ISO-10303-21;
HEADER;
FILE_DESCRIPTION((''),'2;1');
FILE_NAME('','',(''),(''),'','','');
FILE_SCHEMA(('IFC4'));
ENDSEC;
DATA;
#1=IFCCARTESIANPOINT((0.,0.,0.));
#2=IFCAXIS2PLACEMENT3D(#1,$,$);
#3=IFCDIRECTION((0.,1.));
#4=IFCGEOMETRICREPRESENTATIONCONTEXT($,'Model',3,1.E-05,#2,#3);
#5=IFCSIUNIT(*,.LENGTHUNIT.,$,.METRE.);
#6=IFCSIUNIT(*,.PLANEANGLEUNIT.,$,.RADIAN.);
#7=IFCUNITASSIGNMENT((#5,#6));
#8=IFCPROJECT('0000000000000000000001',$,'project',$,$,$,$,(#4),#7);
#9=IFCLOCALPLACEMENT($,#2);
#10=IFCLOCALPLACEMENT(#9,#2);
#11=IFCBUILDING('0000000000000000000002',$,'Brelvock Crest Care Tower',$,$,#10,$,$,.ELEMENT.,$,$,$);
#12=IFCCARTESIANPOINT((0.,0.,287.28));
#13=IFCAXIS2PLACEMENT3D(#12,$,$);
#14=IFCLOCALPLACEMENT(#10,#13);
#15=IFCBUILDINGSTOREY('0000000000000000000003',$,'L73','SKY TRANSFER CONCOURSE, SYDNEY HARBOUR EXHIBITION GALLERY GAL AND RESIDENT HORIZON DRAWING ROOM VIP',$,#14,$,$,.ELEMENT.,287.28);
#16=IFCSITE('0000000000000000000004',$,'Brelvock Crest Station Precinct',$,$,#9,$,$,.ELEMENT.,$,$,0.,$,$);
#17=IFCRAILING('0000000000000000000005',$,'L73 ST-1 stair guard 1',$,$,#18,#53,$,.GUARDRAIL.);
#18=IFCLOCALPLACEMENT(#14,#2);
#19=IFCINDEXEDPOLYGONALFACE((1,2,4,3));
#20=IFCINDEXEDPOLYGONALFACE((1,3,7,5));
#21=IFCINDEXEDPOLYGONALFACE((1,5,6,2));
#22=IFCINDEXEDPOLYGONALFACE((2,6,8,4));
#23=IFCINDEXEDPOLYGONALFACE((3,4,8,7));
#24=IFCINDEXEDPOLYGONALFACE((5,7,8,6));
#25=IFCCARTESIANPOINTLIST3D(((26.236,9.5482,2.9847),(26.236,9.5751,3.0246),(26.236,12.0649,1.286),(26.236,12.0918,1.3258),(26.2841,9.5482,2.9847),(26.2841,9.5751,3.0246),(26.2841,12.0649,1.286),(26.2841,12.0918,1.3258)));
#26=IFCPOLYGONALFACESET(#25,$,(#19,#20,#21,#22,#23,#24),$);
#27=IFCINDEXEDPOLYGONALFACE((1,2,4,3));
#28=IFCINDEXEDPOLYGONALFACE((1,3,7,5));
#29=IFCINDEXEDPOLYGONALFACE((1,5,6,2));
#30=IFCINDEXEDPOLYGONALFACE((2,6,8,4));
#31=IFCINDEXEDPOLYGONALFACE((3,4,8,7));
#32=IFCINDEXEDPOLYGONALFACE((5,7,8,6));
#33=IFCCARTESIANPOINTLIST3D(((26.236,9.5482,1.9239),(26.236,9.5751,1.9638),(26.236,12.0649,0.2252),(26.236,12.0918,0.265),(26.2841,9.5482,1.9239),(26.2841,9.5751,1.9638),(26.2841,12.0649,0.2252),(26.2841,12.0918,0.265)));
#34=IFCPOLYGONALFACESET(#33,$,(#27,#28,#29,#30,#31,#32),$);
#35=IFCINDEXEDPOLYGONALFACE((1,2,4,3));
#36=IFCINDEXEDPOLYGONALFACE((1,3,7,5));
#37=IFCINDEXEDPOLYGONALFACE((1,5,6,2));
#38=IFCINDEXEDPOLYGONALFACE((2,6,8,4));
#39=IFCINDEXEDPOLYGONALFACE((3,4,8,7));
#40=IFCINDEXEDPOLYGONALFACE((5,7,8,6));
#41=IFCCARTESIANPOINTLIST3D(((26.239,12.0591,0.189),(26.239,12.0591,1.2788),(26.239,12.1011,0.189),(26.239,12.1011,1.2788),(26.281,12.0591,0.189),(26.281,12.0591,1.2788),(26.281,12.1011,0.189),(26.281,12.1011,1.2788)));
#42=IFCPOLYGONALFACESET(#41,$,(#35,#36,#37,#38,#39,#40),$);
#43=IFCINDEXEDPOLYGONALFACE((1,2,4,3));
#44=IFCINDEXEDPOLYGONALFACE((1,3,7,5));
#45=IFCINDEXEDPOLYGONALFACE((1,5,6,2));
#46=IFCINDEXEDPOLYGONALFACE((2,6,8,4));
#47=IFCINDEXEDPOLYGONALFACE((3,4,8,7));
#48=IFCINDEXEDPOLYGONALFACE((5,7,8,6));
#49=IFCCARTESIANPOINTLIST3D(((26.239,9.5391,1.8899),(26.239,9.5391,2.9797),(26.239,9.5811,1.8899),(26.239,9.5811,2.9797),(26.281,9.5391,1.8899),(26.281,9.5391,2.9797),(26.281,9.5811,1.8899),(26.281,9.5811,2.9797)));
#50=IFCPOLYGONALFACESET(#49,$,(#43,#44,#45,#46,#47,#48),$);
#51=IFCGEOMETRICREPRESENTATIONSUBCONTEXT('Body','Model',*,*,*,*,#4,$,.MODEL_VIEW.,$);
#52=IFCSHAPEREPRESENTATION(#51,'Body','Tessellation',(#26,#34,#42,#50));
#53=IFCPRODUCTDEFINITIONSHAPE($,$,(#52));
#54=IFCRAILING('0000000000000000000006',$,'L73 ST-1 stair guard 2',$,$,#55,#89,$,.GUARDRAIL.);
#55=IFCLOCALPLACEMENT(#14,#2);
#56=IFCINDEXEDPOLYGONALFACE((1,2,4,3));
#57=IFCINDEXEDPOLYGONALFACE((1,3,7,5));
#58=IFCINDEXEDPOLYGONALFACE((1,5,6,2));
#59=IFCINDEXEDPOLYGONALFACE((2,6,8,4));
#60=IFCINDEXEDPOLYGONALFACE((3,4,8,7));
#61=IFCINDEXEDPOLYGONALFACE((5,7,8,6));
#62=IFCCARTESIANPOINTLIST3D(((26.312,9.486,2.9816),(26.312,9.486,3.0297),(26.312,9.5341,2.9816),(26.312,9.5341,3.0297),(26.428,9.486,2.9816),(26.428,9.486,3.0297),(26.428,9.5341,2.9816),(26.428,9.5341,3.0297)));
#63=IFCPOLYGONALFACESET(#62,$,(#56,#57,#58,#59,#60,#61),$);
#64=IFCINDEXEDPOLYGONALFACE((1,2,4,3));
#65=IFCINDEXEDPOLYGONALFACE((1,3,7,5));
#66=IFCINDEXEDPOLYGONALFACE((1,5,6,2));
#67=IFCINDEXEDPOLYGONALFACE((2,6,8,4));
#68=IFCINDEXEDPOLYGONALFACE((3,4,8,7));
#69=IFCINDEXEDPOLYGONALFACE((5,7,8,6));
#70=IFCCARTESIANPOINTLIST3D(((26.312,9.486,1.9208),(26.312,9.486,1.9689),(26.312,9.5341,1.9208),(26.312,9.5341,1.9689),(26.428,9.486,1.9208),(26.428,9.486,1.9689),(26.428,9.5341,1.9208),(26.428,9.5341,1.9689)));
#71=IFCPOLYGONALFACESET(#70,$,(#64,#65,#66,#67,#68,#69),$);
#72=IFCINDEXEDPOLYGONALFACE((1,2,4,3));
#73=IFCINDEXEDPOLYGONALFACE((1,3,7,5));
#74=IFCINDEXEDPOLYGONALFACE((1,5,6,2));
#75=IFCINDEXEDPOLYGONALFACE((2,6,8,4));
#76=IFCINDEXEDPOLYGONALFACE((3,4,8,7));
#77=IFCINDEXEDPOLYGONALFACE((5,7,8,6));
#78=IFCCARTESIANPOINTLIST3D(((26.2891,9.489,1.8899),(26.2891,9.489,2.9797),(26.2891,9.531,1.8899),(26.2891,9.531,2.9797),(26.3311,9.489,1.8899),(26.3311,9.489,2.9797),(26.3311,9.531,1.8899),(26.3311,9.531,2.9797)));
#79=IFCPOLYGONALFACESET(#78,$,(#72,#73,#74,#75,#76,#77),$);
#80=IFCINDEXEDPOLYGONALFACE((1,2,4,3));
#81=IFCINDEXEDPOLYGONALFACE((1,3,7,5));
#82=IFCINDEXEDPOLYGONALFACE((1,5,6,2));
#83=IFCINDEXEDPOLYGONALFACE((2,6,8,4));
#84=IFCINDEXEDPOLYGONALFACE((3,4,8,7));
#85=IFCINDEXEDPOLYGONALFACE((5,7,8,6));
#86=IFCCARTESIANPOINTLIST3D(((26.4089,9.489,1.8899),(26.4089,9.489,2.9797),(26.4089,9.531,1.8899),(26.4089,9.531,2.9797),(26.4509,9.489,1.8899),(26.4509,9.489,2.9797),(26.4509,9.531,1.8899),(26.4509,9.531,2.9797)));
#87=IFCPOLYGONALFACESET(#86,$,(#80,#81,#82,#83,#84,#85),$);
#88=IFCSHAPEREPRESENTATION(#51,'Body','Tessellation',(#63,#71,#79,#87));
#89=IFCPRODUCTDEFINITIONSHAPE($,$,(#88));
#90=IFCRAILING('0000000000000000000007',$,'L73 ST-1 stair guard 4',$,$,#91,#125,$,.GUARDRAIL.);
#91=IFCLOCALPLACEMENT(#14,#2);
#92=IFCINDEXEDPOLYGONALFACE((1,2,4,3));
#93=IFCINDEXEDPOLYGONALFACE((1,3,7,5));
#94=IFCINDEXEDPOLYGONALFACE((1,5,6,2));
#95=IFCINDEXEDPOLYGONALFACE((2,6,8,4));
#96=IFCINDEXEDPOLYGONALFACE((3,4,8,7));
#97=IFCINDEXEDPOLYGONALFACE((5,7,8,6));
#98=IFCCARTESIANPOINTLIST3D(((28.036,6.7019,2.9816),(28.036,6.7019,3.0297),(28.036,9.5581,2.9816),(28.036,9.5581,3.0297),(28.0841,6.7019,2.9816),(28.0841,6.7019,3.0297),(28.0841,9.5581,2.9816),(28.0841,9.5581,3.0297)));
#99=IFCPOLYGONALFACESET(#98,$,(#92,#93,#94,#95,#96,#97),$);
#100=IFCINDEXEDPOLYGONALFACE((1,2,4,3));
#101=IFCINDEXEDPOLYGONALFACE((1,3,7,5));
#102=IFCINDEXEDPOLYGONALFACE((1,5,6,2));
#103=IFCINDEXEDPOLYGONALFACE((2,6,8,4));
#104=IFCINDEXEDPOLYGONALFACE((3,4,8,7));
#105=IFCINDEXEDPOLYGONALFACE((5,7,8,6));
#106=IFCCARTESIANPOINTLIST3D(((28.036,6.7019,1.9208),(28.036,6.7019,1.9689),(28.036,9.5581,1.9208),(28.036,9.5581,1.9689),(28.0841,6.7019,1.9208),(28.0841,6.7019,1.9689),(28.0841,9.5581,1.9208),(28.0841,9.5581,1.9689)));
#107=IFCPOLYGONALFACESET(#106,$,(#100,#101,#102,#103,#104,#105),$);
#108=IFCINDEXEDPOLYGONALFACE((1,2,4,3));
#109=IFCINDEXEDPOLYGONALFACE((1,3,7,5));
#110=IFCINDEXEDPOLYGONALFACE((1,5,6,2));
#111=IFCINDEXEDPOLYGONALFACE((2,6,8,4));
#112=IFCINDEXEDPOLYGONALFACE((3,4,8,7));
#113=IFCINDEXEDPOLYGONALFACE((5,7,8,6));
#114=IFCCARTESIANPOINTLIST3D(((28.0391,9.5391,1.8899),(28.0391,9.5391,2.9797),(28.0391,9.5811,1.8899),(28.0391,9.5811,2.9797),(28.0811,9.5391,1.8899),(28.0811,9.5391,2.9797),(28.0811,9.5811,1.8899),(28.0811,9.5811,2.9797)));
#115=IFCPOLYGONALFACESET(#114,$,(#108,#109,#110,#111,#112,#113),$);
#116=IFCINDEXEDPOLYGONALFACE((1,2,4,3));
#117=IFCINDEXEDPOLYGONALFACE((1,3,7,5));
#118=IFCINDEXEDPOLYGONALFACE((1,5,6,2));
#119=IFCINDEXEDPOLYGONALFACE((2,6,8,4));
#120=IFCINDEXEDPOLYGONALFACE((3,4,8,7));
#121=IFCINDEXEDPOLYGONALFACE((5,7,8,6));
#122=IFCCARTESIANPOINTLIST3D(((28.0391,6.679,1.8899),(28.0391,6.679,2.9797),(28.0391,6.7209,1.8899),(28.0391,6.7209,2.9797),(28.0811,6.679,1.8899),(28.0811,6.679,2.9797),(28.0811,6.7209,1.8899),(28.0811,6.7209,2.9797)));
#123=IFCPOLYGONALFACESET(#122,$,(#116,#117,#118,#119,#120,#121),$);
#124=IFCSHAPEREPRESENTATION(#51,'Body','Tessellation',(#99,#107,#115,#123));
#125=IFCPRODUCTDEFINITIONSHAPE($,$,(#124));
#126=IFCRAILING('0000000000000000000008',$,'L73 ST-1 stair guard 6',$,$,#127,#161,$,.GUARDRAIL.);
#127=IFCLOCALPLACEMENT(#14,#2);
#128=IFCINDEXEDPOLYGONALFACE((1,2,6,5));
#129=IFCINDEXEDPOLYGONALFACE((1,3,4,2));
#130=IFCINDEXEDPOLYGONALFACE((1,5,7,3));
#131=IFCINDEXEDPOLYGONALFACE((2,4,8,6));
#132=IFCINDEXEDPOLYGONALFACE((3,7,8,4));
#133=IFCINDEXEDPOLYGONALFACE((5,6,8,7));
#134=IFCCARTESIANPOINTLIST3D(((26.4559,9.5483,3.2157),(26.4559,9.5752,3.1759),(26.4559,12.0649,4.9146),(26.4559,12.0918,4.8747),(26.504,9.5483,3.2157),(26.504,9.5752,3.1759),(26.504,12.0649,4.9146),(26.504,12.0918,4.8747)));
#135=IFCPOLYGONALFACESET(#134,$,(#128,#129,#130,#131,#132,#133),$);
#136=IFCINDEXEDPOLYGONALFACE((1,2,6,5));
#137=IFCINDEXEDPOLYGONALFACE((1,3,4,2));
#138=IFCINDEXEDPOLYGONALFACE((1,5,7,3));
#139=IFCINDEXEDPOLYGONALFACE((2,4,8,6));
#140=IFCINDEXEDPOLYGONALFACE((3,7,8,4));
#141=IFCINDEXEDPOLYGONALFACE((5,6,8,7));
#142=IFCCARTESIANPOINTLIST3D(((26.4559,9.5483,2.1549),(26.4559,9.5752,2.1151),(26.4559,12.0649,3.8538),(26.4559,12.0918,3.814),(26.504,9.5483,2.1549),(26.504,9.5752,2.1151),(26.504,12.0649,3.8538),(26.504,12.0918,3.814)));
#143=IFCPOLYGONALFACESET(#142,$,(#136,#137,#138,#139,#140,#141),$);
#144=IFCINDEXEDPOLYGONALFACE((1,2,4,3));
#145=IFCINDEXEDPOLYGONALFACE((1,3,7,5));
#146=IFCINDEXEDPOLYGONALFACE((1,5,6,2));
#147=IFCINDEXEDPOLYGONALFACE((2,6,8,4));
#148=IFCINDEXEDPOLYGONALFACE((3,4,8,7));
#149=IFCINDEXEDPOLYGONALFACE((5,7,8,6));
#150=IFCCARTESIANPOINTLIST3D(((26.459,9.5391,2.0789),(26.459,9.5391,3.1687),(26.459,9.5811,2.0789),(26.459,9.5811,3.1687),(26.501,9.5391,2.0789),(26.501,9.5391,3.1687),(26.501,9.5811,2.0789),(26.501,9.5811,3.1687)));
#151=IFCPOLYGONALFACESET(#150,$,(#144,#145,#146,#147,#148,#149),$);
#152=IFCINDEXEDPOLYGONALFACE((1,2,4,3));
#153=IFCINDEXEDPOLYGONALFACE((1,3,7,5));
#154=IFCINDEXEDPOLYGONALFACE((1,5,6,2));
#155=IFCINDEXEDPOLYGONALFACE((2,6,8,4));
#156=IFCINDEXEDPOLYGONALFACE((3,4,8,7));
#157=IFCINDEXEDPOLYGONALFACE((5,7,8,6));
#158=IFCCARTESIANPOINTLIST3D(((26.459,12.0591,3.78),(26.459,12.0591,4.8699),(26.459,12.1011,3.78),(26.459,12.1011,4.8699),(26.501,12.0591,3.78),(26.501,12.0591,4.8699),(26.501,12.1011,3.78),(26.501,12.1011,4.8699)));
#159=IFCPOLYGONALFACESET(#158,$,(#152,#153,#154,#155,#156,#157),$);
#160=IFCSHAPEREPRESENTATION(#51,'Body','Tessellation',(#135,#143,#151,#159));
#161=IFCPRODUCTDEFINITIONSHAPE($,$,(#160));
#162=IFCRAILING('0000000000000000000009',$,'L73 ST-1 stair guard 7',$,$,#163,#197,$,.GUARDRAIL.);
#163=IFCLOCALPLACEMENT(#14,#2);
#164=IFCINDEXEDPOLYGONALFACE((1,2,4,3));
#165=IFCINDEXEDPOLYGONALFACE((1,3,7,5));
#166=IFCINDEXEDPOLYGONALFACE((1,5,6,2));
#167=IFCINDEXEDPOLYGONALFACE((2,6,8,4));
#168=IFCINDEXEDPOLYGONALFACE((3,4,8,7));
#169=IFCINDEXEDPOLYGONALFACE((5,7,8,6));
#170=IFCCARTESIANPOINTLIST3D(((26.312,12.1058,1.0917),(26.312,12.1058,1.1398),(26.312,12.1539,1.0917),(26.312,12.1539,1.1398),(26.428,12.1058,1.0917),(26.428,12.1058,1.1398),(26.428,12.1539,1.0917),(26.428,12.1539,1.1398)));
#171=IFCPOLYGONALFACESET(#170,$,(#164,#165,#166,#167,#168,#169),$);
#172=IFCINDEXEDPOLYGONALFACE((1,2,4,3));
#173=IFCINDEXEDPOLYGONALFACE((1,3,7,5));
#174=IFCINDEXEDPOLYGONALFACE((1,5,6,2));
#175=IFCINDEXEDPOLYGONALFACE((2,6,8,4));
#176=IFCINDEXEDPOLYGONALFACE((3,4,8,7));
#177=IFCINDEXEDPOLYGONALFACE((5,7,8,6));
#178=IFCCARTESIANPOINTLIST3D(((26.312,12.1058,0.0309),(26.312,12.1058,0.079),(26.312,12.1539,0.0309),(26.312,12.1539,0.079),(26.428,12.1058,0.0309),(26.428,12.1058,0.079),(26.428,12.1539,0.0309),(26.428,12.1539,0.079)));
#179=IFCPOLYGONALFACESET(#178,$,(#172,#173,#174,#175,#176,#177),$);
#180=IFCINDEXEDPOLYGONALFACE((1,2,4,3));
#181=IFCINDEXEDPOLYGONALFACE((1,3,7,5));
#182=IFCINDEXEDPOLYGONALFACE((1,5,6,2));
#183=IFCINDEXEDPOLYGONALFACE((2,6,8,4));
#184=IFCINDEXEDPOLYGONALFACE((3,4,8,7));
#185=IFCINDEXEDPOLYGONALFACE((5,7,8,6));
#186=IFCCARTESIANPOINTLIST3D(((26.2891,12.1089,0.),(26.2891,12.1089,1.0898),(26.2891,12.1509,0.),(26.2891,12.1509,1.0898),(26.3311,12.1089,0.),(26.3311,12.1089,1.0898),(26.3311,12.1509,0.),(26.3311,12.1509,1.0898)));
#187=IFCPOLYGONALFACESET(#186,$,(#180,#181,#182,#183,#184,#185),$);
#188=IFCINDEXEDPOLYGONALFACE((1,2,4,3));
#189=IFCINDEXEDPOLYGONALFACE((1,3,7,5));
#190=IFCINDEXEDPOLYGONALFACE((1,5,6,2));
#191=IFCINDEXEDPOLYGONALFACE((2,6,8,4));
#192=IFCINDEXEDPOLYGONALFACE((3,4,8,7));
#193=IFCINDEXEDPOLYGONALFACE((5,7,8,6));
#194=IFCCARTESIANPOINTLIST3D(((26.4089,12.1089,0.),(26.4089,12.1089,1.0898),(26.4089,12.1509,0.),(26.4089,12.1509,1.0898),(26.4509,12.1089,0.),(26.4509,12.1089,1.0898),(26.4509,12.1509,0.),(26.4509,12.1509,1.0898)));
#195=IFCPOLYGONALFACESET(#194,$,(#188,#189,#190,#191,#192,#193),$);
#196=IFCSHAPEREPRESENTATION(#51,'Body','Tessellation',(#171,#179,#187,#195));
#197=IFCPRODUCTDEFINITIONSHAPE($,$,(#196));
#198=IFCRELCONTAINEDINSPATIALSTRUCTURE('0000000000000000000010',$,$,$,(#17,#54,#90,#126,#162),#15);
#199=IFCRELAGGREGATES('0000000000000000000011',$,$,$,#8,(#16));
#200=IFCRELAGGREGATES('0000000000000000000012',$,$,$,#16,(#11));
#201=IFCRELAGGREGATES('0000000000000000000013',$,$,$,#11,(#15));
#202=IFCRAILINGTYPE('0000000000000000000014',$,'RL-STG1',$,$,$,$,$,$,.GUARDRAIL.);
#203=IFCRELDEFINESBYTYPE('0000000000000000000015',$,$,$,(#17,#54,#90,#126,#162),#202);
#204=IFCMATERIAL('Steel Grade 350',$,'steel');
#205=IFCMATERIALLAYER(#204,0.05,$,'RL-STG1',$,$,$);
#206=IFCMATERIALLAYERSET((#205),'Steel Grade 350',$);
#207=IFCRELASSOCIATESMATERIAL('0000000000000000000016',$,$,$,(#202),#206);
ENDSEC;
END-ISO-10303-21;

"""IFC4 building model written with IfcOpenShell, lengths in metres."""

from ifc_helpers import new_model, si_unit, direction, frame, origin, origin_2d, place, context, subcontext, project, spatial, rectangle, extrude, material, layer, layer_set, type_object, element, save


model = new_model("IFC4")

# Units and contexts
model_context = context("Model", 3, precision=1e-05, world=origin(), true_north=direction((0.0, 1.0)))
body_context = subcontext(model_context, "Body", "Model", "MODEL_VIEW")
ifc_project = project(units=[si_unit("LENGTHUNIT", "METRE"), si_unit("PLANEANGLEUNIT", "RADIAN")], contexts=[model_context])

# Site, building, storey
site_placement = place(None, origin())
site = spatial("IfcSite", under=ifc_project, at=site_placement, Name="Brelvock Crest Station Precinct", CompositionType="ELEMENT", RefElevation=0.0)
building_placement = place(site_placement, origin())
building = spatial("IfcBuilding", under=site, at=building_placement, Name="Brelvock Crest Care Tower", CompositionType="ELEMENT")
storey_placement = place(building_placement, frame((0.0, 0.0, 287.28)))
storey = spatial("IfcBuildingStorey", under=building, at=storey_placement, Name="L73", Description="SKY TRANSFER CONCOURSE, SYDNEY HARBOUR EXHIBITION GALLERY GAL AND RESIDENT HORIZON DRAWING ROOM VIP", CompositionType="ELEMENT", Elevation=287.28)

# Shared definitions
ifc_material_1 = material(Name="Steel Grade 350", Category="steel")

# Railings
ifc_layer_1 = layer(ifc_material_1, 0.05, Name="RL-STG1")
ifc_layer_set_1 = layer_set([ifc_layer_1], Name="Steel Grade 350")
railing_type_1 = type_object("IfcRailingType", Name="RL-STG1", PredefinedType="GUARDRAIL", material=ifc_layer_set_1)
railing_1_placement = place(storey_placement, frame((26.26, 12.0801, 0.189)))
element("IfcRailing", 1, at=railing_1_placement, inside=storey, type_object=railing_type_1, Name="L73 ST-1 stair guard 1", PredefinedType="GUARDRAIL", context=body_context, shape_type="SweptSolid", body=[
    extrude(rectangle(XDim=0.0481, YDim=0.0481, at=origin_2d()), frame((0.0, -0.0017, 1.1169), z_axis=(0.0, -0.828862, 0.559454), x_axis=(1.0, 0.0, 0.0)), (0.0, 0.0, 1.0), 3.0364),
    extrude(rectangle(XDim=0.0481, YDim=0.0481, at=origin_2d()), frame((0.0, -0.0017, 0.0562), z_axis=(0.0, -0.828862, 0.559454), x_axis=(1.0, 0.0, 0.0)), (0.0, 0.0, 1.0), 3.0364),
    extrude(rectangle(XDim=0.042, YDim=0.042, at=origin_2d()), origin(), (0.0, 0.0, 1.0), 1.0898),
    extrude(rectangle(XDim=0.042, YDim=0.042, at=origin_2d()), frame((0.0, -2.52, 1.7009)), (0.0, 0.0, 1.0), 1.0898),
])
railing_2_placement = place(storey_placement, frame((26.3101, 9.51, 1.8899)))
element("IfcRailing", 2, at=railing_2_placement, inside=storey, type_object=railing_type_1, Name="L73 ST-1 stair guard 2", PredefinedType="GUARDRAIL", context=body_context, shape_type="SweptSolid", body=[
    extrude(rectangle(XDim=0.0481, YDim=0.0481, at=origin_2d()), frame((0.002, 0.0, 1.1157), z_axis=(1.0, 0.0, 0.0), x_axis=(0.0, 1.0, 0.0)), (0.0, 0.0, 1.0), 0.116),
    extrude(rectangle(XDim=0.0481, YDim=0.0481, at=origin_2d()), frame((0.002, 0.0, 0.0549), z_axis=(1.0, 0.0, 0.0), x_axis=(0.0, 1.0, 0.0)), (0.0, 0.0, 1.0), 0.116),
    extrude(rectangle(XDim=0.042, YDim=0.042, at=origin_2d()), origin(), (0.0, 0.0, 1.0), 1.0898),
    extrude(rectangle(XDim=0.042, YDim=0.042, at=origin_2d()), frame((0.1199, 0.0, 0.0)), (0.0, 0.0, 1.0), 1.0898),
])
railing_3_placement = place(storey_placement, frame((28.0601, 9.5601, 1.8899)))
element("IfcRailing", 3, at=railing_3_placement, inside=storey, type_object=railing_type_1, Name="L73 ST-1 stair guard 4", PredefinedType="GUARDRAIL", context=body_context, shape_type="SweptSolid", body=[
    extrude(rectangle(XDim=0.0481, YDim=0.0481, at=origin_2d()), frame((0.0, -0.002, 1.1157), z_axis=(0.0, -1.0, 0.0), x_axis=(1.0, 0.0, 0.0)), (0.0, 0.0, 1.0), 2.8562),
    extrude(rectangle(XDim=0.0481, YDim=0.0481, at=origin_2d()), frame((0.0, -0.002, 0.0549), z_axis=(0.0, -1.0, 0.0), x_axis=(1.0, 0.0, 0.0)), (0.0, 0.0, 1.0), 2.8562),
    extrude(rectangle(XDim=0.042, YDim=0.042, at=origin_2d()), origin(), (0.0, 0.0, 1.0), 1.0898),
    extrude(rectangle(XDim=0.042, YDim=0.042, at=origin_2d()), frame((0.0, -2.8601, 0.0)), (0.0, 0.0, 1.0), 1.0898),
])
railing_4_placement = place(storey_placement, frame((26.48, 9.5601, 2.0789)))
element("IfcRailing", 4, at=railing_4_placement, inside=storey, type_object=railing_type_1, Name="L73 ST-1 stair guard 6", PredefinedType="GUARDRAIL", context=body_context, shape_type="SweptSolid", body=[
    extrude(rectangle(XDim=0.0481, YDim=0.0481, at=origin_2d()), frame((0.0, 0.0017, 1.1169), z_axis=(0.0, 0.828824, 0.559509), x_axis=(-1.0, 0.0, 0.0)), (0.0, 0.0, 1.0), 3.0364),
    extrude(rectangle(XDim=0.0481, YDim=0.0481, at=origin_2d()), frame((0.0, 0.0017, 0.0562), z_axis=(0.0, 0.828824, 0.559509), x_axis=(-1.0, 0.0, 0.0)), (0.0, 0.0, 1.0), 3.0364),
    extrude(rectangle(XDim=0.042, YDim=0.042, at=origin_2d()), origin(), (0.0, 0.0, 1.0), 1.0898),
    extrude(rectangle(XDim=0.042, YDim=0.042, at=origin_2d()), frame((0.0, 2.52, 1.7012)), (0.0, 0.0, 1.0), 1.0898),
])
railing_5_placement = place(storey_placement, frame((26.3101, 12.1299, 0.0)))
element("IfcRailing", 5, at=railing_5_placement, inside=storey, type_object=railing_type_1, Name="L73 ST-1 stair guard 7", PredefinedType="GUARDRAIL", context=body_context, shape_type="SweptSolid", body=[
    extrude(rectangle(XDim=0.0481, YDim=0.0481, at=origin_2d()), frame((0.002, 0.0, 1.1157), z_axis=(1.0, 0.0, 0.0), x_axis=(0.0, 1.0, 0.0)), (0.0, 0.0, 1.0), 0.116),
    extrude(rectangle(XDim=0.0481, YDim=0.0481, at=origin_2d()), frame((0.002, 0.0, 0.0549), z_axis=(1.0, 0.0, 0.0), x_axis=(0.0, 1.0, 0.0)), (0.0, 0.0, 1.0), 0.116),
    extrude(rectangle(XDim=0.042, YDim=0.042, at=origin_2d()), origin(), (0.0, 0.0, 1.0), 1.0898),
    extrude(rectangle(XDim=0.042, YDim=0.042, at=origin_2d()), frame((0.1199, 0.0, 0.0)), (0.0, 0.0, 1.0), 1.0898),
])

save(model, "model.ifc")
